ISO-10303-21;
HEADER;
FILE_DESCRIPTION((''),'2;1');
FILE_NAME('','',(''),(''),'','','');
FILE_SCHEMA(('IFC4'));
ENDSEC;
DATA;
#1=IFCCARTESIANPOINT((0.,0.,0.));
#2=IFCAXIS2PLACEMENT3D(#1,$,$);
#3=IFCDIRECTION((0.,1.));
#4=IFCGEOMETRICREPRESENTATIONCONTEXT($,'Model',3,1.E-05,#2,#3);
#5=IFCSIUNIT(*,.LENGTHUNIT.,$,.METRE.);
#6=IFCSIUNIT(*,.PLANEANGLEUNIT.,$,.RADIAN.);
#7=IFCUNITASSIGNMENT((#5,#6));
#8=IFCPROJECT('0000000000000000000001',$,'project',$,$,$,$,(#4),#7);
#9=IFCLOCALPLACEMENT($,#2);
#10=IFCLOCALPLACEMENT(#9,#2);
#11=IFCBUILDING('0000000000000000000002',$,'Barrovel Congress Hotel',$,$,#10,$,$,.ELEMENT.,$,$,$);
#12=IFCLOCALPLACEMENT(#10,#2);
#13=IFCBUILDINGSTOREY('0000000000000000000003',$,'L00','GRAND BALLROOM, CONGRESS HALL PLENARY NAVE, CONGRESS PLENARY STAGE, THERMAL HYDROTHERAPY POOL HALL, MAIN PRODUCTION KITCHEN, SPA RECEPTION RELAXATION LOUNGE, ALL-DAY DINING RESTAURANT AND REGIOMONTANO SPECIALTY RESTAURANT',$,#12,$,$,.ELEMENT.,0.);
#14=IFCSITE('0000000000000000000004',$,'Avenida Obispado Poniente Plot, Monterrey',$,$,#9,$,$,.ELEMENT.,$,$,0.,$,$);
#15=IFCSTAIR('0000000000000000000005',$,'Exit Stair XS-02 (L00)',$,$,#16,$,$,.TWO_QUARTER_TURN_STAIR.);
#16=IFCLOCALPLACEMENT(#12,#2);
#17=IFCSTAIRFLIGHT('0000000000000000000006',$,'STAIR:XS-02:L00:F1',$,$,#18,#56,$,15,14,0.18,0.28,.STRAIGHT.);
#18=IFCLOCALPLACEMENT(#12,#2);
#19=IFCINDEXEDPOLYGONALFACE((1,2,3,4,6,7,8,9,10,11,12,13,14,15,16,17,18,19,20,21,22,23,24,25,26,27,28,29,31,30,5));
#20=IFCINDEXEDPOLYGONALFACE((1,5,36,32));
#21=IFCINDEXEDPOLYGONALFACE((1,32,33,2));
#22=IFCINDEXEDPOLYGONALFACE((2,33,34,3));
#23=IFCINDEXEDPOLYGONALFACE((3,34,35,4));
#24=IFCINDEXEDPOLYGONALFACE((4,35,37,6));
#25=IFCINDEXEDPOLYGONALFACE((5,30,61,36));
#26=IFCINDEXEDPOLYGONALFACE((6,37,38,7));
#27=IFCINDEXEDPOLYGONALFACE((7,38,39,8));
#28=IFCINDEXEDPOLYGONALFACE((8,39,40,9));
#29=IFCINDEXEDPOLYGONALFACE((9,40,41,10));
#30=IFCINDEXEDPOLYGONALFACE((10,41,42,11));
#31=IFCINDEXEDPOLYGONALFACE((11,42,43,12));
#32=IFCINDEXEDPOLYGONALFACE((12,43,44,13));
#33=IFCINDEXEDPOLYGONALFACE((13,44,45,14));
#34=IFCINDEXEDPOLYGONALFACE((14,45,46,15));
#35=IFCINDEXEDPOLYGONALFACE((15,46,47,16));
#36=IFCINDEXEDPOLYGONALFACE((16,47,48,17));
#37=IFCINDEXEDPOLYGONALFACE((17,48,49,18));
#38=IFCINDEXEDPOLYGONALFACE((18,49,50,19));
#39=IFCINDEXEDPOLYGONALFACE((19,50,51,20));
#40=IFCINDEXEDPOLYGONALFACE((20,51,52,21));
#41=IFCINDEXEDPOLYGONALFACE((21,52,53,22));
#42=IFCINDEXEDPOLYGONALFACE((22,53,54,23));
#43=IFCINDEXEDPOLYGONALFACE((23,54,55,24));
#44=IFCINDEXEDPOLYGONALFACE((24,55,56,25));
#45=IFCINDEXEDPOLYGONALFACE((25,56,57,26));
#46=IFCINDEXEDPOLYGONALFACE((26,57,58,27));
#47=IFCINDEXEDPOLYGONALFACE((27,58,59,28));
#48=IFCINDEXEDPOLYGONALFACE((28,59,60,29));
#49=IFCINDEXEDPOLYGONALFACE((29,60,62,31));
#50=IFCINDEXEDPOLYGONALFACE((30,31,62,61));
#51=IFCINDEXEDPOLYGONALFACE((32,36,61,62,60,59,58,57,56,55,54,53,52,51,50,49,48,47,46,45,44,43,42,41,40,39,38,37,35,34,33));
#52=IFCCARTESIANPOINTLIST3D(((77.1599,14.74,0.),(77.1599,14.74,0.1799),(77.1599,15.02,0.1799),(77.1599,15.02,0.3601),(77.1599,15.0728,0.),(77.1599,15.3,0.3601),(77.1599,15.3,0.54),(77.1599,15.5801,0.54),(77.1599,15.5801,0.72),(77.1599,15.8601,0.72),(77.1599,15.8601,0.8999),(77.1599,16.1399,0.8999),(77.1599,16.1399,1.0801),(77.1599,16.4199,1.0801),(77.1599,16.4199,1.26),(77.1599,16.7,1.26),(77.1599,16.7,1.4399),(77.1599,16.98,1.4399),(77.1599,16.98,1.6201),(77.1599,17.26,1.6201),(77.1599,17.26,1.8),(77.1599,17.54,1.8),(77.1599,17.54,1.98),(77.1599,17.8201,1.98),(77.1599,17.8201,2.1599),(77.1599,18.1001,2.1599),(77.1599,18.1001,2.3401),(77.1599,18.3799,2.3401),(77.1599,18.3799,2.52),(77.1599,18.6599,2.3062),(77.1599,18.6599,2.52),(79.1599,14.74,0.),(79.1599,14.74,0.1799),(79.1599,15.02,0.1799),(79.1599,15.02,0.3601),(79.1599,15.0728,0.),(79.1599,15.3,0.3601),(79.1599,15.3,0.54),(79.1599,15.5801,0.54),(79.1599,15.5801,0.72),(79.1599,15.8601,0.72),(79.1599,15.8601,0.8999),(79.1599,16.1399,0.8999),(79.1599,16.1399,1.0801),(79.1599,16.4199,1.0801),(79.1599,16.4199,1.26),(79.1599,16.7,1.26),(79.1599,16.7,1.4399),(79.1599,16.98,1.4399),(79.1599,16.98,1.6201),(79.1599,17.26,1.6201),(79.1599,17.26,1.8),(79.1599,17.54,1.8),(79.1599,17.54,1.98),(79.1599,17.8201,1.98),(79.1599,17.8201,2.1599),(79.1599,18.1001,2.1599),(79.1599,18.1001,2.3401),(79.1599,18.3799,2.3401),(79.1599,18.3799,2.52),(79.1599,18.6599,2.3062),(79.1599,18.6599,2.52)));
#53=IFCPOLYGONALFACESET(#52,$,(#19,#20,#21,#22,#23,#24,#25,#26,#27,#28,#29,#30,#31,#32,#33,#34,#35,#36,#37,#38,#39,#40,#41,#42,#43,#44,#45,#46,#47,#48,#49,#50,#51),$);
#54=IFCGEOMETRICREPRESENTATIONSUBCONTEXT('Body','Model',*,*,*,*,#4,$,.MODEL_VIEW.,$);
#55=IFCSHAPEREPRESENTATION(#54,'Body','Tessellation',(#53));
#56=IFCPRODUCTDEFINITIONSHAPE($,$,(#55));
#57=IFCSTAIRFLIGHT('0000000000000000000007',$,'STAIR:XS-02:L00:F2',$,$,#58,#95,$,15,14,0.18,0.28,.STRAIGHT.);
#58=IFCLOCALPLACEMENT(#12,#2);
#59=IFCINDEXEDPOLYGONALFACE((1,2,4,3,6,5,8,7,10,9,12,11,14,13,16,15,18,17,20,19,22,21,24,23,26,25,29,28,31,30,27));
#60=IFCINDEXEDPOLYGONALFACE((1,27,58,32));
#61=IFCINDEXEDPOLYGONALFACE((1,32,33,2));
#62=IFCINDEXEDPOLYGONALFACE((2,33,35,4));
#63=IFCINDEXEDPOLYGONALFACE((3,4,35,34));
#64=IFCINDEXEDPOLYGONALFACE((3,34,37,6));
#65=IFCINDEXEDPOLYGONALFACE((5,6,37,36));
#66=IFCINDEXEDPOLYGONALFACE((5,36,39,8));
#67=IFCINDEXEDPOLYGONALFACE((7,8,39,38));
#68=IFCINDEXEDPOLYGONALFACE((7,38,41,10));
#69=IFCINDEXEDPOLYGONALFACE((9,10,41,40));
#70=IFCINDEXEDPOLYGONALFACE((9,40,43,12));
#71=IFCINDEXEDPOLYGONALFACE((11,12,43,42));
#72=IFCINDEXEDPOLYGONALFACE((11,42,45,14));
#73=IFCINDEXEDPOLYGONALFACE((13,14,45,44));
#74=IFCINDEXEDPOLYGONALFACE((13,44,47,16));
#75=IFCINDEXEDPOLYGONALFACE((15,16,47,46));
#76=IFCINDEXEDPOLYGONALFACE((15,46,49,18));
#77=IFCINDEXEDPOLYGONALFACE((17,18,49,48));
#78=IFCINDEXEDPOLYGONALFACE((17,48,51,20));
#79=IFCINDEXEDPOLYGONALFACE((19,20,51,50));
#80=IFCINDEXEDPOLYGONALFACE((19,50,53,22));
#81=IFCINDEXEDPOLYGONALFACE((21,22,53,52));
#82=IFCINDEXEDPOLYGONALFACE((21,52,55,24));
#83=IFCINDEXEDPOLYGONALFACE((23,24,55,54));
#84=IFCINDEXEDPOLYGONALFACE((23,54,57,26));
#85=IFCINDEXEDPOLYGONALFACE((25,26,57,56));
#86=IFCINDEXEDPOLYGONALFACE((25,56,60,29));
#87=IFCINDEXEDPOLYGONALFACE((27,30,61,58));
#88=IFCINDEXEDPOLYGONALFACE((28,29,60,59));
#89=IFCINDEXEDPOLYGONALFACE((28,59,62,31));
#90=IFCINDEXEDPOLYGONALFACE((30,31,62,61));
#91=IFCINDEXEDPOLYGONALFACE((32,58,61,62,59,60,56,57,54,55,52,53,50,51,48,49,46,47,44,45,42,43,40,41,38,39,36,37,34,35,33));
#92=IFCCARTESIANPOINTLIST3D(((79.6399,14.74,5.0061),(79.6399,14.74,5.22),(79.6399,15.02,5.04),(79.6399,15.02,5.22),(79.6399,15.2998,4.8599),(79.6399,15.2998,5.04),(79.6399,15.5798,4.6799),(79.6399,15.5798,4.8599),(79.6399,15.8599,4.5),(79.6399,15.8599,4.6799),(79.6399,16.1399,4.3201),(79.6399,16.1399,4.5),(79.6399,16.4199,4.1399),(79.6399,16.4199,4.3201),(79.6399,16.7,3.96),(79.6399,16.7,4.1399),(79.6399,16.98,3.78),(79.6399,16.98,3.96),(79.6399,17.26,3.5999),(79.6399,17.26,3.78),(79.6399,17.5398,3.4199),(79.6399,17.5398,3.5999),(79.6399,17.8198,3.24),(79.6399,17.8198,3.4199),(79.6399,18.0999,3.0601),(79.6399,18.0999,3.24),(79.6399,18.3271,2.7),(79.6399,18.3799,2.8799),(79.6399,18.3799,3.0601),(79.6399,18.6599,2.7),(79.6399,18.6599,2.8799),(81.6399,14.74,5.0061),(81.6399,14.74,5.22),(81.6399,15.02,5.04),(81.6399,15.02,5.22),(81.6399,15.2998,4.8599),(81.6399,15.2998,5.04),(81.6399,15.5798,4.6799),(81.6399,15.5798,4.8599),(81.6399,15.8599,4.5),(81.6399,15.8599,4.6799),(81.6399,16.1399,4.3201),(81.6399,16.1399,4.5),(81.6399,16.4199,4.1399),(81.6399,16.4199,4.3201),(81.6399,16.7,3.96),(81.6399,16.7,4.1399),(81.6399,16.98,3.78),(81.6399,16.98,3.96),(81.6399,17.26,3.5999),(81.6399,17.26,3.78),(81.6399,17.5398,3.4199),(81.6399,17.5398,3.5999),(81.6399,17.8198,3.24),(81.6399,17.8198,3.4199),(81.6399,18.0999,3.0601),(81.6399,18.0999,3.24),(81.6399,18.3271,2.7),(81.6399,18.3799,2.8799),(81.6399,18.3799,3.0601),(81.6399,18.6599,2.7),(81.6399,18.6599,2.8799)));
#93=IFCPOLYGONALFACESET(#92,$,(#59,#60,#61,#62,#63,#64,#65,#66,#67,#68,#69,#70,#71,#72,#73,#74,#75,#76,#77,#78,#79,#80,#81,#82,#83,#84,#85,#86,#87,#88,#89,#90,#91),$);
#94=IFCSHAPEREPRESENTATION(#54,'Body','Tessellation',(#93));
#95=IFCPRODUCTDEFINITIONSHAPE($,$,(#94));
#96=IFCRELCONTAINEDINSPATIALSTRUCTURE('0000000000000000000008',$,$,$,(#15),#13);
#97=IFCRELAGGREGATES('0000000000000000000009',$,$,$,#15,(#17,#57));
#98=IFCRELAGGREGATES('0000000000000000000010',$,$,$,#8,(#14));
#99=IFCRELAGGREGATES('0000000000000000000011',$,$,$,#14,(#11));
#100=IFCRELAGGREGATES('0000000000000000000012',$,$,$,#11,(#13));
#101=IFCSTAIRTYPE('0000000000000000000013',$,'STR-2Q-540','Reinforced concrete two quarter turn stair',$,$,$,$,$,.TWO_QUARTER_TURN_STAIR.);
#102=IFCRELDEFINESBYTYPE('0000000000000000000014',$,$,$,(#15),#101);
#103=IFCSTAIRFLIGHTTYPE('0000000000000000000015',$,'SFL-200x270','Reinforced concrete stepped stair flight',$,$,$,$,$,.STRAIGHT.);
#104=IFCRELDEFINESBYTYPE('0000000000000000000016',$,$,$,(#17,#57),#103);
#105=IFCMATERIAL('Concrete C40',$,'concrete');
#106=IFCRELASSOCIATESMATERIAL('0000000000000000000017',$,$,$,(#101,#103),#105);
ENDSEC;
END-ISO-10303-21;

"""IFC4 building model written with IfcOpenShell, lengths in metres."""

from ifc_helpers import new_model, si_unit, direction, frame, origin, place, context, subcontext, project, spatial, polyline, outline, extrude, material, type_object, element, aggregate, save


model = new_model("IFC4")

# Units and contexts
model_context = context("Model", 3, precision=1e-05, world=origin(), true_north=direction((0.0, 1.0)))
body_context = subcontext(model_context, "Body", "Model", "MODEL_VIEW")
ifc_project = project(units=[si_unit("LENGTHUNIT", "METRE"), si_unit("PLANEANGLEUNIT", "RADIAN")], contexts=[model_context])

# Site, building, storey
site_placement = place(None, origin())
site = spatial("IfcSite", under=ifc_project, at=site_placement, Name="Avenida Obispado Poniente Plot, Monterrey", CompositionType="ELEMENT", RefElevation=0.0)
building_placement = place(site_placement, origin())
building = spatial("IfcBuilding", under=site, at=building_placement, Name="Barrovel Congress Hotel", CompositionType="ELEMENT")
storey_placement = place(building_placement, origin())
storey = spatial("IfcBuildingStorey", under=building, at=storey_placement, Name="L00", Description="GRAND BALLROOM, CONGRESS HALL PLENARY NAVE, CONGRESS PLENARY STAGE, THERMAL HYDROTHERAPY POOL HALL, MAIN PRODUCTION KITCHEN, SPA RECEPTION RELAXATION LOUNGE, ALL-DAY DINING RESTAURANT AND REGIOMONTANO SPECIALTY RESTAURANT", CompositionType="ELEMENT", Elevation=0.0)

# Shared definitions
ifc_material_1 = material(Name="Concrete C40", Category="concrete")

# Stair, stair flights
stair_type = type_object("IfcStairType", Name="STR-2Q-540", Description="Reinforced concrete two quarter turn stair", PredefinedType="TWO_QUARTER_TURN_STAIR", material=ifc_material_1)
stair_placement = place(storey_placement, origin())
stair = element("IfcStair", 1, at=stair_placement, inside=storey, type_object=stair_type, Name="Exit Stair XS-02 (L00)", PredefinedType="TWO_QUARTER_TURN_STAIR")
stair_flight_type = type_object("IfcStairFlightType", Name="SFL-200x270", Description="Reinforced concrete stepped stair flight", PredefinedType="STRAIGHT", material=ifc_material_1)
stair_flight_1_placement = place(storey_placement, frame((78.1599, 14.74, 0.0), z_axis=(0.0, 0.0, 1.0), x_axis=(0.0, 1.0, 0.0)))
stair_flight_1 = element("IfcStairFlight", 2, at=stair_flight_1_placement, type_object=stair_flight_type, Name="STAIR:XS-02:L00:F1", NumberOfRisers=15, NumberOfTreads=14, PredefinedType="STRAIGHT", RiserHeight=0.18, TreadLength=0.28, context=body_context, shape_type="SweptSolid", body=[
    extrude(outline(polyline([(0.0, 0.0), (0.0, 0.1799), (0.28, 0.1799), (0.28, 0.3601), (0.5601, 0.3601), (0.5601, 0.54), (0.8401, 0.54), (0.8401, 0.72), (1.1201, 0.72), (1.1201, 0.8999), (1.3999, 0.8999), (1.3999, 1.0801), (1.6799, 1.0801), (1.6799, 1.26), (1.96, 1.26), (1.96, 1.4399), (2.24, 1.4399), (2.24, 1.6201), (2.52, 1.6201), (2.52, 1.8), (2.8, 1.8), (2.8, 1.98), (3.0801, 1.98), (3.0801, 2.1599), (3.3601, 2.1599), (3.3601, 2.3401), (3.6399, 2.3401), (3.6399, 2.52), (3.9199, 2.52), (3.9199, 2.7), (3.9199, 2.3062), (0.3328, 0.0), (0.0, 0.0)])), frame((0.0, 1.0, 0.0), z_axis=(0.0, -1.0, 0.0), x_axis=(1.0, 0.0, 0.0)), (0.0, 0.0, 1.0), 2.0),
])
stair_flight_2_placement = place(storey_placement, frame((80.6399, 18.6599, 2.7), z_axis=(0.0, 0.0, 1.0), x_axis=(0.0, -1.0, 0.0)))
stair_flight_2 = element("IfcStairFlight", 3, at=stair_flight_2_placement, type_object=stair_flight_type, Name="STAIR:XS-02:L00:F2", NumberOfRisers=15, NumberOfTreads=14, PredefinedType="STRAIGHT", RiserHeight=0.18, TreadLength=0.28, context=body_context, shape_type="SweptSolid", body=[
    extrude(outline(polyline([(0.0, 0.0), (0.0, 0.1799), (0.28, 0.1799), (0.28, 0.3601), (0.5601, 0.3601), (0.5601, 0.54), (0.8401, 0.54), (0.8401, 0.72), (1.1201, 0.72), (1.1201, 0.8999), (1.3999, 0.8999), (1.3999, 1.0801), (1.6799, 1.0801), (1.6799, 1.26), (1.96, 1.26), (1.96, 1.4399), (2.24, 1.4399), (2.24, 1.6201), (2.52, 1.6201), (2.52, 1.8), (2.8, 1.8), (2.8, 1.98), (3.0801, 1.98), (3.0801, 2.1599), (3.3601, 2.1599), (3.3601, 2.3401), (3.6399, 2.3401), (3.6399, 2.52), (3.9199, 2.52), (3.9199, 2.7), (3.9199, 2.3062), (0.3328, 0.0), (0.0, 0.0)])), frame((0.0, 1.0, 0.0), z_axis=(0.0, -1.0, 0.0), x_axis=(1.0, 0.0, 0.0)), (0.0, 0.0, 1.0), 2.0),
])
aggregate(stair, [stair_flight_1, stair_flight_2])

save(model, "model.ifc")
